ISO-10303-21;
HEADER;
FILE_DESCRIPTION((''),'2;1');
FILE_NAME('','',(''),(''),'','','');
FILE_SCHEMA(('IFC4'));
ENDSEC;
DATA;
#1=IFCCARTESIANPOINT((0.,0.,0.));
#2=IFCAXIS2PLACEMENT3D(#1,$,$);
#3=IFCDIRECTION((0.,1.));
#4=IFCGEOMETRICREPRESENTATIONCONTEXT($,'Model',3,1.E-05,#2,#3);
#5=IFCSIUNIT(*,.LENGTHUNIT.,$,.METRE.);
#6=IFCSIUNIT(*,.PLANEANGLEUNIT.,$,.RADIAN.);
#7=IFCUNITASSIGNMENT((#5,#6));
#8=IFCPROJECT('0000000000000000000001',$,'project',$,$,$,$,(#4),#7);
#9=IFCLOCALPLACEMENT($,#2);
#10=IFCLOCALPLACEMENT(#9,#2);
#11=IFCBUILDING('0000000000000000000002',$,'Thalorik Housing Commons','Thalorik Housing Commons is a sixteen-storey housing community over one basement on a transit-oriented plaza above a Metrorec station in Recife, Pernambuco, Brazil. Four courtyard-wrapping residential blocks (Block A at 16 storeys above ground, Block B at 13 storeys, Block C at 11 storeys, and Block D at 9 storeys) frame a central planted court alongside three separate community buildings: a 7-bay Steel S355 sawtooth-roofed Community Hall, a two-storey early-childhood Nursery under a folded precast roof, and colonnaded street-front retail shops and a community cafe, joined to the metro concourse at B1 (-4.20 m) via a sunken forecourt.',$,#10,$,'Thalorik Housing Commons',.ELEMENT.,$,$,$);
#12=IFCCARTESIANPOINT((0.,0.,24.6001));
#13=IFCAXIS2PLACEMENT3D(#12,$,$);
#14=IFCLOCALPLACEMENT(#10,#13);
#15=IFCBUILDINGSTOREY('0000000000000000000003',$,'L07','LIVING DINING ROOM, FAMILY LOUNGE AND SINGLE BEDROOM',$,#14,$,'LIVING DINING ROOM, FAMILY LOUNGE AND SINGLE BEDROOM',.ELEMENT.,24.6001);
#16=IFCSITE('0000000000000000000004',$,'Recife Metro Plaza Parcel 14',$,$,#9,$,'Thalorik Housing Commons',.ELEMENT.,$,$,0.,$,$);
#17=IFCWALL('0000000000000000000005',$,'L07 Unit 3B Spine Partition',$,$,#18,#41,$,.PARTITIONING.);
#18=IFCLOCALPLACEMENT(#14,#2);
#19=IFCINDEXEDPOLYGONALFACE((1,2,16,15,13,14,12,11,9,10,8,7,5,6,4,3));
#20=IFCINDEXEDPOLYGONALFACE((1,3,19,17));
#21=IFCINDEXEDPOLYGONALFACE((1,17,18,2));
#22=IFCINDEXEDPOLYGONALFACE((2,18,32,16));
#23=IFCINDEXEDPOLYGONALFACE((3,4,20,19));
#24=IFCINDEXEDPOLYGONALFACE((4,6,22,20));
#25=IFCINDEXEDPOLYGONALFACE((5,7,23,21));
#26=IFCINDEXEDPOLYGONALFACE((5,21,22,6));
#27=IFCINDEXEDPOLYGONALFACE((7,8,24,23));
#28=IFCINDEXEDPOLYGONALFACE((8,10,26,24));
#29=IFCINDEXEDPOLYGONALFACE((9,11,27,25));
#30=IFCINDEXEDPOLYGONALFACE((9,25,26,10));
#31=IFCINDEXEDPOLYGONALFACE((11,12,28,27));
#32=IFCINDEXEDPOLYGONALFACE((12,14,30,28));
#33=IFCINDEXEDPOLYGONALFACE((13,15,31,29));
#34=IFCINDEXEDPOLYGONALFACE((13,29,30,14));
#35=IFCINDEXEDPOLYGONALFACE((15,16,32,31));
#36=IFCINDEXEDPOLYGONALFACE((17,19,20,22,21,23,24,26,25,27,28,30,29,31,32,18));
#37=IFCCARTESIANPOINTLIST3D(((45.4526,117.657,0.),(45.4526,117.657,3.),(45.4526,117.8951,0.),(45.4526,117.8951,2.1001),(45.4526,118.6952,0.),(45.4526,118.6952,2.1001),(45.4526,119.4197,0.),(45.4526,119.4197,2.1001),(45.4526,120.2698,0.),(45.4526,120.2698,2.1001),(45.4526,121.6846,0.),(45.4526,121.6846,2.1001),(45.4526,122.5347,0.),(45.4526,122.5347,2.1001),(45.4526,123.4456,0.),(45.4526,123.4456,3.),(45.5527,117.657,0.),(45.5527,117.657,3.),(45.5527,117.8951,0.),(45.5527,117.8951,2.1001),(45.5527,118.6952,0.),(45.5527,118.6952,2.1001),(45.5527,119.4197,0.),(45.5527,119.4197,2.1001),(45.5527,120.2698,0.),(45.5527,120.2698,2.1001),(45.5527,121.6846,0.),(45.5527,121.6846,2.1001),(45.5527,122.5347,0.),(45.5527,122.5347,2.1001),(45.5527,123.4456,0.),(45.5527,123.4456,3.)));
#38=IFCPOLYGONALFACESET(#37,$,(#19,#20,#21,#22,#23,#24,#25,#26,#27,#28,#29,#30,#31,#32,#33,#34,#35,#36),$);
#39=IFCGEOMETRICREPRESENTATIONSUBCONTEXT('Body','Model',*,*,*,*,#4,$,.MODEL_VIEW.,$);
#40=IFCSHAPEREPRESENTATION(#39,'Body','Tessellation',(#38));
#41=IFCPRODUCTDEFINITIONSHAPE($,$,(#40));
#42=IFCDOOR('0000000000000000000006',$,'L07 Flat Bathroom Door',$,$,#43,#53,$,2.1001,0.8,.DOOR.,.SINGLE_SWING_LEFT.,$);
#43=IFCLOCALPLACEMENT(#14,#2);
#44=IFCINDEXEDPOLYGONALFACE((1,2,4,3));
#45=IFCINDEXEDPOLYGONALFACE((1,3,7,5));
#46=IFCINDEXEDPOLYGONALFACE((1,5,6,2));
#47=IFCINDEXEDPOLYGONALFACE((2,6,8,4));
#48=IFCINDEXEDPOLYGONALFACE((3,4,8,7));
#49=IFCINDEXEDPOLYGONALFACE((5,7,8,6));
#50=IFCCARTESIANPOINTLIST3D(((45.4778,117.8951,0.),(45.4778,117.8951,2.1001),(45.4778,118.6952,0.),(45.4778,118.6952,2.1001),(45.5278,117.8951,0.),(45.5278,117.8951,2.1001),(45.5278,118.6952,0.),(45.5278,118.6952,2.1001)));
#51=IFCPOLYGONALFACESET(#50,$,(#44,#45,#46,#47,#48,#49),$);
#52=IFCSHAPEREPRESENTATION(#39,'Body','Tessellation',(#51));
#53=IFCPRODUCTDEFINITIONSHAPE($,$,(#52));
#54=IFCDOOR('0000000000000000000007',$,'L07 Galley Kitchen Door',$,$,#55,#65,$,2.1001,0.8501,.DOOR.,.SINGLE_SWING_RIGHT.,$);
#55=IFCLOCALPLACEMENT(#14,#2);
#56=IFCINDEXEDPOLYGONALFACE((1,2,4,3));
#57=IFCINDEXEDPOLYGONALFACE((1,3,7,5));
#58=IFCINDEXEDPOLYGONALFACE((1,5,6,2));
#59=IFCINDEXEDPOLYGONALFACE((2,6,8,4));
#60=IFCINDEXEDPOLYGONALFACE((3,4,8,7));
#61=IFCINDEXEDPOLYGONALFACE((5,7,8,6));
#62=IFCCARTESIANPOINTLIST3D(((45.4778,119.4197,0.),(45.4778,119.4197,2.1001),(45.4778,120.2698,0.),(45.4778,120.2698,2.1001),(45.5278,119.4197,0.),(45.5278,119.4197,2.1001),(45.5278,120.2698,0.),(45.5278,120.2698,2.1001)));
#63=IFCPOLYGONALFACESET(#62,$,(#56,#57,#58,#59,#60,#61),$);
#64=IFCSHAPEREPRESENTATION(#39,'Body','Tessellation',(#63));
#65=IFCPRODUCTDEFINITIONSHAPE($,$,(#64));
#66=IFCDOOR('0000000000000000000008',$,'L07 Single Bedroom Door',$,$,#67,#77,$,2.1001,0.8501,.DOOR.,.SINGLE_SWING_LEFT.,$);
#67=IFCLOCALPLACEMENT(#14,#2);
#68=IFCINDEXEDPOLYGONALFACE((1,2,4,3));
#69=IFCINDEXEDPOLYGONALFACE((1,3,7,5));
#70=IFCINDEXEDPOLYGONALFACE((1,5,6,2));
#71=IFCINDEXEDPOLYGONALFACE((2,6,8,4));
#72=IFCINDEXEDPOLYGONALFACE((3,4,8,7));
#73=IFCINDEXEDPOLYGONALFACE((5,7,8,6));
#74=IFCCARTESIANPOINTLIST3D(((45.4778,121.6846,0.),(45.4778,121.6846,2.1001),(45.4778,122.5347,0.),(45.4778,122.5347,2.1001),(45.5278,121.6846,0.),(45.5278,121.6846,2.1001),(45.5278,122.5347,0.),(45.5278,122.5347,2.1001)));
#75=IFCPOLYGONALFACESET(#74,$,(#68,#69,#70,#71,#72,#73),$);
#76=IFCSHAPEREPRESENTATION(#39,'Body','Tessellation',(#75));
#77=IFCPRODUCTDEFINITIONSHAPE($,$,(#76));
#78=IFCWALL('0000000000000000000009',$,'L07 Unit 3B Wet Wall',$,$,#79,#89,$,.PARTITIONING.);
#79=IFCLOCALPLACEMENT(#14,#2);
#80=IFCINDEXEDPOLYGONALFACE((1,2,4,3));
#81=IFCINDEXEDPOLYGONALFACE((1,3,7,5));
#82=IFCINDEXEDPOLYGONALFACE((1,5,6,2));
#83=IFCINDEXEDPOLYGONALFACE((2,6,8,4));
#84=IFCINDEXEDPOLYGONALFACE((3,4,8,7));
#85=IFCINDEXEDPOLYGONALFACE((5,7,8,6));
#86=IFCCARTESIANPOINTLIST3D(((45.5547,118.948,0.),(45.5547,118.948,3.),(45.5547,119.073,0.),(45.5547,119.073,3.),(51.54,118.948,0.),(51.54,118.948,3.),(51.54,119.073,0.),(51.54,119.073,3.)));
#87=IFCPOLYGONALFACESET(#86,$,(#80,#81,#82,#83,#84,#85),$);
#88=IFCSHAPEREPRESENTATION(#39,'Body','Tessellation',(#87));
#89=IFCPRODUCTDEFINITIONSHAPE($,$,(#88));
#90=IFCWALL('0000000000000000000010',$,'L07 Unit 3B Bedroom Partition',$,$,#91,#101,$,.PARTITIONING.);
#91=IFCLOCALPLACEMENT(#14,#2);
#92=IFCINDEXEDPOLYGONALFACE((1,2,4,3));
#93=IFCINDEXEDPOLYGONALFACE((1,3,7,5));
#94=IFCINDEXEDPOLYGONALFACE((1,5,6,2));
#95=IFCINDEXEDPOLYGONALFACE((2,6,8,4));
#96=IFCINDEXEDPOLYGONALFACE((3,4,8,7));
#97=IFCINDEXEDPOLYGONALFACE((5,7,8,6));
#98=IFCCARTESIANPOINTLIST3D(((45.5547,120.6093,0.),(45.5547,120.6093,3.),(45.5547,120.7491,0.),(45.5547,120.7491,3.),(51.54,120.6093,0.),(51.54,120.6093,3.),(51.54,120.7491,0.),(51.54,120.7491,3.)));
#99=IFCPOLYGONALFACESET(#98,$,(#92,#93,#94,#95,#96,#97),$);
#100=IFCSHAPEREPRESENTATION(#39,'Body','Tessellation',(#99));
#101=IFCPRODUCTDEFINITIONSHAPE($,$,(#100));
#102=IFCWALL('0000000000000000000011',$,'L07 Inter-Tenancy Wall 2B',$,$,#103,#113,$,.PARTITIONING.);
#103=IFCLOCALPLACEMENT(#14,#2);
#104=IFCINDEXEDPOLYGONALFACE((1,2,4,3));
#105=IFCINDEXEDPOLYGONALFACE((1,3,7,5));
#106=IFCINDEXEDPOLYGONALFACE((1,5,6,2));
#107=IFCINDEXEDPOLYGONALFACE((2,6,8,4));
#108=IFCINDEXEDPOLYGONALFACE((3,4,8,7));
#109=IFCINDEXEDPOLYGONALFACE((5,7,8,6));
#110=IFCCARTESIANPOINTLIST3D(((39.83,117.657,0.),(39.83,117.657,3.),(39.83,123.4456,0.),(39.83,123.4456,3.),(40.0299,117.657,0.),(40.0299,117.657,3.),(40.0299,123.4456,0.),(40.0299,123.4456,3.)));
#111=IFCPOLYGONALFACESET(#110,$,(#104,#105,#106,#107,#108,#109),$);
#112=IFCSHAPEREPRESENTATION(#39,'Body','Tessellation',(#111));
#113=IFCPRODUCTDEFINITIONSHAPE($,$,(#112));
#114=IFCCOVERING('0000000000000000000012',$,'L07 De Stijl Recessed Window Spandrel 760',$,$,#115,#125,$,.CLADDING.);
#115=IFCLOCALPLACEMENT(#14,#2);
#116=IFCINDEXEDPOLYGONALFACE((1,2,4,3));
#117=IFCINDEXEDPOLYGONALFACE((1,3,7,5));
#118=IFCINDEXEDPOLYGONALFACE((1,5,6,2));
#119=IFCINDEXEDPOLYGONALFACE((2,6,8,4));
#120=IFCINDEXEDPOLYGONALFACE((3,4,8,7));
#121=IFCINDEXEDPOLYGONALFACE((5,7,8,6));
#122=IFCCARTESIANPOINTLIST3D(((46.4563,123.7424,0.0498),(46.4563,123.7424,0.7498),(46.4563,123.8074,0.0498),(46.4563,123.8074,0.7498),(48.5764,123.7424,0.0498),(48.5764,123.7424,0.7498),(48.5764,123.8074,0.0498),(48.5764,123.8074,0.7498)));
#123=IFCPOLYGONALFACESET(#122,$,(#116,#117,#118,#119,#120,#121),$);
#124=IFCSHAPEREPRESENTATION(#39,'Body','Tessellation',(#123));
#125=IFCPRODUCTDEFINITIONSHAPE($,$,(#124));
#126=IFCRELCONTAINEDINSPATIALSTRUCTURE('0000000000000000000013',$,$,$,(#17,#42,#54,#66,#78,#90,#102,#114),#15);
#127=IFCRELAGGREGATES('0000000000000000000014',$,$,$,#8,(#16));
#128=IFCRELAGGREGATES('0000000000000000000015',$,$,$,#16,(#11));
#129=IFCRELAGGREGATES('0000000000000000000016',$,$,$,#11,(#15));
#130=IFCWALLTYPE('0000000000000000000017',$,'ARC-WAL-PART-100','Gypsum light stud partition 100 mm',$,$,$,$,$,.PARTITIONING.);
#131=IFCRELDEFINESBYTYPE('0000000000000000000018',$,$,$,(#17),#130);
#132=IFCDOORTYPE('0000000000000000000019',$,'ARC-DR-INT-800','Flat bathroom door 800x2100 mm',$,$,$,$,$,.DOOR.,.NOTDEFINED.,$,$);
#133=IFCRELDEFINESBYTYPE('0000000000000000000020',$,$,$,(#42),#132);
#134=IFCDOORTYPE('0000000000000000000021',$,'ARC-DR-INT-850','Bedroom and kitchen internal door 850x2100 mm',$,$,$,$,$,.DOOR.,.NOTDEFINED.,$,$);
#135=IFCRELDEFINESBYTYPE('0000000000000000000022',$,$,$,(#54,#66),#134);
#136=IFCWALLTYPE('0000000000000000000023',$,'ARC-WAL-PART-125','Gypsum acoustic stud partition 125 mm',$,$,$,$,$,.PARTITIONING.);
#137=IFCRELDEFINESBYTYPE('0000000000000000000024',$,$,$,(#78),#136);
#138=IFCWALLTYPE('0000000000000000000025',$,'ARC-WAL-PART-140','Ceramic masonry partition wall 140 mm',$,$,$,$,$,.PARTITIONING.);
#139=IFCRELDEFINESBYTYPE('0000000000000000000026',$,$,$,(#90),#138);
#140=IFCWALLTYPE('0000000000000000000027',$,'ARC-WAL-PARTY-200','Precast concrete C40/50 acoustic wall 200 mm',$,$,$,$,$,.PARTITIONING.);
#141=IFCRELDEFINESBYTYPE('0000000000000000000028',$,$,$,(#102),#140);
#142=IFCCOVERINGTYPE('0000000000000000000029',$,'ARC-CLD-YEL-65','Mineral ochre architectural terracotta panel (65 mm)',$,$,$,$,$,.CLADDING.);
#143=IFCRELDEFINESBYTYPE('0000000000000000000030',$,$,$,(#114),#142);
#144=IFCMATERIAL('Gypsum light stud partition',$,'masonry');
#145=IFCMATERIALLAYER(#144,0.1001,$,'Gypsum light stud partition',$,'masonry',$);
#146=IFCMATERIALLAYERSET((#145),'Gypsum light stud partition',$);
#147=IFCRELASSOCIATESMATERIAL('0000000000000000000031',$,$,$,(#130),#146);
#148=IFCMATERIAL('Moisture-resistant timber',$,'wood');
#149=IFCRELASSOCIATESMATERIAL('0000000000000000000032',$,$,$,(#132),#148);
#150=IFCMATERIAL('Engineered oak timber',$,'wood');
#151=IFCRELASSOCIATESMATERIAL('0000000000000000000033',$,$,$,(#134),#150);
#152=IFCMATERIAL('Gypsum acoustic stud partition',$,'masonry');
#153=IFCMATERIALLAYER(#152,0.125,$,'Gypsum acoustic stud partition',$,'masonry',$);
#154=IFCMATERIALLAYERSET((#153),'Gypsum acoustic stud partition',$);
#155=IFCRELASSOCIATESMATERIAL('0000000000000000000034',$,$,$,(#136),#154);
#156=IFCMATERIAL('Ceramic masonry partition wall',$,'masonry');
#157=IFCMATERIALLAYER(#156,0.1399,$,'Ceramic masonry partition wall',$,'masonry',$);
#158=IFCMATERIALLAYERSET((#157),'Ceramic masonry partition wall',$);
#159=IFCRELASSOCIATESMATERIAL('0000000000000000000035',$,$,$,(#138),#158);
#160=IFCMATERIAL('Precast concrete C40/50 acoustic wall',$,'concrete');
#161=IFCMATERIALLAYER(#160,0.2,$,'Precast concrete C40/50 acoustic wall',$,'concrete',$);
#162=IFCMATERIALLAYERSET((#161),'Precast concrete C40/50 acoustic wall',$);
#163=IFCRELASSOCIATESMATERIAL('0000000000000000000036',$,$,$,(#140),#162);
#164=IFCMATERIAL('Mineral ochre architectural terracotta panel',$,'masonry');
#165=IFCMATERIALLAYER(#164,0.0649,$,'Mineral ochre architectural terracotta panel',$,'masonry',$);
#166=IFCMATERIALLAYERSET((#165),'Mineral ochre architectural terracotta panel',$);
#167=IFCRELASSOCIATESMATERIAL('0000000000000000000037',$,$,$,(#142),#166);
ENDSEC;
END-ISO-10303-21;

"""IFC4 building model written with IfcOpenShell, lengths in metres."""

from ifc_helpers import new_model, si_unit, direction, frame, frame_2d, origin, origin_2d, place, context, subcontext, project, spatial, rectangle, extrude, material, layer, layer_set, type_object, element, fill, save


model = new_model("IFC4")

# Units and contexts
model_context = context("Model", 3, precision=1e-05, world=origin(), true_north=direction((0.0, 1.0)))
body_context = subcontext(model_context, "Body", "Model", "MODEL_VIEW")
ifc_project = project(units=[si_unit("LENGTHUNIT", "METRE"), si_unit("PLANEANGLEUNIT", "RADIAN")], contexts=[model_context])

# Site, building, storey
site_placement = place(None, origin())
site = spatial("IfcSite", under=ifc_project, at=site_placement, Name="Recife Metro Plaza Parcel 14", LongName="Thalorik Housing Commons", CompositionType="ELEMENT", RefElevation=0.0)
building_placement = place(site_placement, origin())
building = spatial("IfcBuilding", under=site, at=building_placement, Name="Thalorik Housing Commons", Description="Thalorik Housing Commons is a sixteen-storey housing community over one basement on a transit-oriented plaza above a Metrorec station in Recife, Pernambuco, Brazil. Four courtyard-wrapping residential blocks (Block A at 16 storeys above ground, Block B at 13 storeys, Block C at 11 storeys, and Block D at 9 storeys) frame a central planted court alongside three separate community buildings: a 7-bay Steel S355 sawtooth-roofed Community Hall, a two-storey early-childhood Nursery under a folded precast roof, and colonnaded street-front retail shops and a community cafe, joined to the metro concourse at B1 (-4.20 m) via a sunken forecourt.", LongName="Thalorik Housing Commons", CompositionType="ELEMENT")
storey_placement = place(building_placement, frame((0.0, 0.0, 24.6001)))
storey = spatial("IfcBuildingStorey", under=building, at=storey_placement, Name="L07", Description="LIVING DINING ROOM, FAMILY LOUNGE AND SINGLE BEDROOM", LongName="LIVING DINING ROOM, FAMILY LOUNGE AND SINGLE BEDROOM", CompositionType="ELEMENT", Elevation=24.6001)

# Wall, openings, doors
ifc_material_1 = material(Name="Gypsum light stud partition", Category="masonry")
ifc_layer_1 = layer(ifc_material_1, 0.1001, Name="Gypsum light stud partition", Category="masonry")
ifc_layer_set_1 = layer_set([ifc_layer_1], Name="Gypsum light stud partition")
wall_type_1 = type_object("IfcWallType", Name="ARC-WAL-PART-100", Description="Gypsum light stud partition 100 mm", PredefinedType="PARTITIONING", material=ifc_layer_set_1)
wall_1_placement = place(storey_placement, frame((45.5027, 117.657, 0.0), z_axis=(0.0, 0.0, 1.0), x_axis=(0.0, 1.0, 0.0)))
wall_1 = element("IfcWall", 1, at=wall_1_placement, inside=storey, type_object=wall_type_1, Name="L07 Unit 3B Spine Partition", PredefinedType="PARTITIONING", context=body_context, shape_type="SweptSolid", body=[
    extrude(rectangle(XDim=5.7886, YDim=0.1001, at=frame_2d((2.8943, 0.0))), origin(), (0.0, 0.0, 1.0), 3.0),
])
opening_1_placement = place(wall_1_placement, frame((0.2383, 0.0, 0.0)))
opening_1 = element("IfcOpeningElement", 2, at=opening_1_placement, cuts=wall_1, PredefinedType="OPENING", context=body_context, shape_type="SweptSolid", body=[
    extrude(rectangle(XDim=0.8, YDim=2.1001, at=frame_2d((0.3999, 1.05))), frame((0.0, 0.0601, 0.0), z_axis=(0.0, -1.0, 0.0), x_axis=(1.0, 0.0, 0.0)), (0.0, 0.0, 1.0), 0.1201),
])
opening_2_placement = place(wall_1_placement, frame((1.7627, 0.0, 0.0)))
opening_2 = element("IfcOpeningElement", 3, at=opening_2_placement, cuts=wall_1, PredefinedType="OPENING", context=body_context, shape_type="SweptSolid", body=[
    extrude(rectangle(XDim=0.8501, YDim=2.1001, at=frame_2d((0.425, 1.05))), frame((0.0, 0.0601, 0.0), z_axis=(0.0, -1.0, 0.0), x_axis=(1.0, 0.0, 0.0)), (0.0, 0.0, 1.0), 0.1201),
])
opening_3_placement = place(wall_1_placement, frame((4.0276, 0.0, 0.0)))
opening_3 = element("IfcOpeningElement", 4, at=opening_3_placement, cuts=wall_1, PredefinedType="OPENING", context=body_context, shape_type="SweptSolid", body=[
    extrude(rectangle(XDim=0.8501, YDim=2.1001, at=frame_2d((0.425, 1.05))), frame((0.0, 0.0601, 0.0), z_axis=(0.0, -1.0, 0.0), x_axis=(1.0, 0.0, 0.0)), (0.0, 0.0, 1.0), 0.1201),
])
ifc_material_2 = material(Name="Moisture-resistant timber", Category="wood")
door_type_1 = type_object("IfcDoorType", Name="ARC-DR-INT-800", Description="Flat bathroom door 800x2100 mm", OperationType="NOTDEFINED", PredefinedType="DOOR", material=ifc_material_2)
door_1_placement = place(opening_1_placement, origin())
door_1 = element("IfcDoor", 5, at=door_1_placement, inside=storey, type_object=door_type_1, Name="L07 Flat Bathroom Door", OperationType="SINGLE_SWING_LEFT", OverallHeight=2.1001, OverallWidth=0.8, PredefinedType="DOOR", context=body_context, shape_type="SweptSolid", body=[
    extrude(rectangle(XDim=0.8, YDim=2.1001, at=frame_2d((0.3999, 1.05))), frame((0.0, 0.0249, 0.0), z_axis=(0.0, -1.0, 0.0), x_axis=(1.0, 0.0, 0.0)), (0.0, 0.0, 1.0), 0.05),
])
fill(opening_1, door_1)
ifc_material_3 = material(Name="Engineered oak timber", Category="wood")
door_type_2 = type_object("IfcDoorType", Name="ARC-DR-INT-850", Description="Bedroom and kitchen internal door 850x2100 mm", OperationType="NOTDEFINED", PredefinedType="DOOR", material=ifc_material_3)
door_2_placement = place(opening_2_placement, origin())
door_2 = element("IfcDoor", 6, at=door_2_placement, inside=storey, type_object=door_type_2, Name="L07 Galley Kitchen Door", OperationType="SINGLE_SWING_RIGHT", OverallHeight=2.1001, OverallWidth=0.8501, PredefinedType="DOOR", context=body_context, shape_type="SweptSolid", body=[
    extrude(rectangle(XDim=0.8501, YDim=2.1001, at=frame_2d((0.425, 1.05))), frame((0.0, 0.0249, 0.0), z_axis=(0.0, -1.0, 0.0), x_axis=(1.0, 0.0, 0.0)), (0.0, 0.0, 1.0), 0.05),
])
fill(opening_2, door_2)
door_3_placement = place(opening_3_placement, origin())
door_3 = element("IfcDoor", 7, at=door_3_placement, inside=storey, type_object=door_type_2, Name="L07 Single Bedroom Door", OperationType="SINGLE_SWING_LEFT", OverallHeight=2.1001, OverallWidth=0.8501, PredefinedType="DOOR", context=body_context, shape_type="SweptSolid", body=[
    extrude(rectangle(XDim=0.8501, YDim=2.1001, at=frame_2d((0.425, 1.05))), frame((0.0, 0.0249, 0.0), z_axis=(0.0, -1.0, 0.0), x_axis=(1.0, 0.0, 0.0)), (0.0, 0.0, 1.0), 0.05),
])
fill(opening_3, door_3)

# Walls
ifc_material_4 = material(Name="Gypsum acoustic stud partition", Category="masonry")
ifc_layer_2 = layer(ifc_material_4, 0.125, Name="Gypsum acoustic stud partition", Category="masonry")
ifc_layer_set_2 = layer_set([ifc_layer_2], Name="Gypsum acoustic stud partition")
wall_type_2 = type_object("IfcWallType", Name="ARC-WAL-PART-125", Description="Gypsum acoustic stud partition 125 mm", PredefinedType="PARTITIONING", material=ifc_layer_set_2)
wall_2_placement = place(storey_placement, frame((45.5547, 119.0105, 0.0), z_axis=(0.0, 0.0, 1.0), x_axis=(1.0, 0.0, 0.0)))
element("IfcWall", 8, at=wall_2_placement, inside=storey, type_object=wall_type_2, Name="L07 Unit 3B Wet Wall", PredefinedType="PARTITIONING", context=body_context, shape_type="SweptSolid", body=[
    extrude(rectangle(XDim=5.9854, YDim=0.125, at=frame_2d((2.9927, 0.0))), origin(), (0.0, 0.0, 1.0), 3.0),
])
ifc_material_5 = material(Name="Ceramic masonry partition wall", Category="masonry")
ifc_layer_3 = layer(ifc_material_5, 0.1399, Name="Ceramic masonry partition wall", Category="masonry")
ifc_layer_set_3 = layer_set([ifc_layer_3], Name="Ceramic masonry partition wall")
wall_type_3 = type_object("IfcWallType", Name="ARC-WAL-PART-140", Description="Ceramic masonry partition wall 140 mm", PredefinedType="PARTITIONING", material=ifc_layer_set_3)
wall_3_placement = place(storey_placement, frame((45.5547, 120.6792, 0.0), z_axis=(0.0, 0.0, 1.0), x_axis=(1.0, 0.0, 0.0)))
element("IfcWall", 9, at=wall_3_placement, inside=storey, type_object=wall_type_3, Name="L07 Unit 3B Bedroom Partition", PredefinedType="PARTITIONING", context=body_context, shape_type="SweptSolid", body=[
    extrude(rectangle(XDim=5.9854, YDim=0.1399, at=frame_2d((2.9927, 0.0))), origin(), (0.0, 0.0, 1.0), 3.0),
])
ifc_material_6 = material(Name="Precast concrete C40/50 acoustic wall", Category="concrete")
ifc_layer_4 = layer(ifc_material_6, 0.2, Name="Precast concrete C40/50 acoustic wall", Category="concrete")
ifc_layer_set_4 = layer_set([ifc_layer_4], Name="Precast concrete C40/50 acoustic wall")
wall_type_4 = type_object("IfcWallType", Name="ARC-WAL-PARTY-200", Description="Precast concrete C40/50 acoustic wall 200 mm", PredefinedType="PARTITIONING", material=ifc_layer_set_4)
wall_4_placement = place(storey_placement, frame((39.9299, 117.657, 0.0), z_axis=(0.0, 0.0, 1.0), x_axis=(0.0, 1.0, 0.0)))
element("IfcWall", 10, at=wall_4_placement, inside=storey, type_object=wall_type_4, Name="L07 Inter-Tenancy Wall 2B", PredefinedType="PARTITIONING", context=body_context, shape_type="SweptSolid", body=[
    extrude(rectangle(XDim=5.7886, YDim=0.2, at=frame_2d((2.8943, 0.0))), origin(), (0.0, 0.0, 1.0), 3.0),
])

# Covering
ifc_material_7 = material(Name="Mineral ochre architectural terracotta panel", Category="masonry")
ifc_layer_5 = layer(ifc_material_7, 0.0649, Name="Mineral ochre architectural terracotta panel", Category="masonry")
ifc_layer_set_5 = layer_set([ifc_layer_5], Name="Mineral ochre architectural terracotta panel")
covering_type_1 = type_object("IfcCoveringType", Name="ARC-CLD-YEL-65", Description="Mineral ochre architectural terracotta panel (65 mm)", PredefinedType="CLADDING", material=ifc_layer_set_5)
covering_1_placement = place(storey_placement, frame((47.5164, 123.7749, 0.0498), z_axis=(0.0, 0.0, 1.0), x_axis=(-1.0, 0.0, 0.0)))
element("IfcCovering", 11, at=covering_1_placement, inside=storey, type_object=covering_type_1, Name="L07 De Stijl Recessed Window Spandrel 760", PredefinedType="CLADDING", context=body_context, shape_type="SweptSolid", body=[
    extrude(rectangle(XDim=2.1201, YDim=0.0649, at=origin_2d()), origin(), (0.0, 0.0, 1.0), 0.7),
])

save(model, "model.ifc")
